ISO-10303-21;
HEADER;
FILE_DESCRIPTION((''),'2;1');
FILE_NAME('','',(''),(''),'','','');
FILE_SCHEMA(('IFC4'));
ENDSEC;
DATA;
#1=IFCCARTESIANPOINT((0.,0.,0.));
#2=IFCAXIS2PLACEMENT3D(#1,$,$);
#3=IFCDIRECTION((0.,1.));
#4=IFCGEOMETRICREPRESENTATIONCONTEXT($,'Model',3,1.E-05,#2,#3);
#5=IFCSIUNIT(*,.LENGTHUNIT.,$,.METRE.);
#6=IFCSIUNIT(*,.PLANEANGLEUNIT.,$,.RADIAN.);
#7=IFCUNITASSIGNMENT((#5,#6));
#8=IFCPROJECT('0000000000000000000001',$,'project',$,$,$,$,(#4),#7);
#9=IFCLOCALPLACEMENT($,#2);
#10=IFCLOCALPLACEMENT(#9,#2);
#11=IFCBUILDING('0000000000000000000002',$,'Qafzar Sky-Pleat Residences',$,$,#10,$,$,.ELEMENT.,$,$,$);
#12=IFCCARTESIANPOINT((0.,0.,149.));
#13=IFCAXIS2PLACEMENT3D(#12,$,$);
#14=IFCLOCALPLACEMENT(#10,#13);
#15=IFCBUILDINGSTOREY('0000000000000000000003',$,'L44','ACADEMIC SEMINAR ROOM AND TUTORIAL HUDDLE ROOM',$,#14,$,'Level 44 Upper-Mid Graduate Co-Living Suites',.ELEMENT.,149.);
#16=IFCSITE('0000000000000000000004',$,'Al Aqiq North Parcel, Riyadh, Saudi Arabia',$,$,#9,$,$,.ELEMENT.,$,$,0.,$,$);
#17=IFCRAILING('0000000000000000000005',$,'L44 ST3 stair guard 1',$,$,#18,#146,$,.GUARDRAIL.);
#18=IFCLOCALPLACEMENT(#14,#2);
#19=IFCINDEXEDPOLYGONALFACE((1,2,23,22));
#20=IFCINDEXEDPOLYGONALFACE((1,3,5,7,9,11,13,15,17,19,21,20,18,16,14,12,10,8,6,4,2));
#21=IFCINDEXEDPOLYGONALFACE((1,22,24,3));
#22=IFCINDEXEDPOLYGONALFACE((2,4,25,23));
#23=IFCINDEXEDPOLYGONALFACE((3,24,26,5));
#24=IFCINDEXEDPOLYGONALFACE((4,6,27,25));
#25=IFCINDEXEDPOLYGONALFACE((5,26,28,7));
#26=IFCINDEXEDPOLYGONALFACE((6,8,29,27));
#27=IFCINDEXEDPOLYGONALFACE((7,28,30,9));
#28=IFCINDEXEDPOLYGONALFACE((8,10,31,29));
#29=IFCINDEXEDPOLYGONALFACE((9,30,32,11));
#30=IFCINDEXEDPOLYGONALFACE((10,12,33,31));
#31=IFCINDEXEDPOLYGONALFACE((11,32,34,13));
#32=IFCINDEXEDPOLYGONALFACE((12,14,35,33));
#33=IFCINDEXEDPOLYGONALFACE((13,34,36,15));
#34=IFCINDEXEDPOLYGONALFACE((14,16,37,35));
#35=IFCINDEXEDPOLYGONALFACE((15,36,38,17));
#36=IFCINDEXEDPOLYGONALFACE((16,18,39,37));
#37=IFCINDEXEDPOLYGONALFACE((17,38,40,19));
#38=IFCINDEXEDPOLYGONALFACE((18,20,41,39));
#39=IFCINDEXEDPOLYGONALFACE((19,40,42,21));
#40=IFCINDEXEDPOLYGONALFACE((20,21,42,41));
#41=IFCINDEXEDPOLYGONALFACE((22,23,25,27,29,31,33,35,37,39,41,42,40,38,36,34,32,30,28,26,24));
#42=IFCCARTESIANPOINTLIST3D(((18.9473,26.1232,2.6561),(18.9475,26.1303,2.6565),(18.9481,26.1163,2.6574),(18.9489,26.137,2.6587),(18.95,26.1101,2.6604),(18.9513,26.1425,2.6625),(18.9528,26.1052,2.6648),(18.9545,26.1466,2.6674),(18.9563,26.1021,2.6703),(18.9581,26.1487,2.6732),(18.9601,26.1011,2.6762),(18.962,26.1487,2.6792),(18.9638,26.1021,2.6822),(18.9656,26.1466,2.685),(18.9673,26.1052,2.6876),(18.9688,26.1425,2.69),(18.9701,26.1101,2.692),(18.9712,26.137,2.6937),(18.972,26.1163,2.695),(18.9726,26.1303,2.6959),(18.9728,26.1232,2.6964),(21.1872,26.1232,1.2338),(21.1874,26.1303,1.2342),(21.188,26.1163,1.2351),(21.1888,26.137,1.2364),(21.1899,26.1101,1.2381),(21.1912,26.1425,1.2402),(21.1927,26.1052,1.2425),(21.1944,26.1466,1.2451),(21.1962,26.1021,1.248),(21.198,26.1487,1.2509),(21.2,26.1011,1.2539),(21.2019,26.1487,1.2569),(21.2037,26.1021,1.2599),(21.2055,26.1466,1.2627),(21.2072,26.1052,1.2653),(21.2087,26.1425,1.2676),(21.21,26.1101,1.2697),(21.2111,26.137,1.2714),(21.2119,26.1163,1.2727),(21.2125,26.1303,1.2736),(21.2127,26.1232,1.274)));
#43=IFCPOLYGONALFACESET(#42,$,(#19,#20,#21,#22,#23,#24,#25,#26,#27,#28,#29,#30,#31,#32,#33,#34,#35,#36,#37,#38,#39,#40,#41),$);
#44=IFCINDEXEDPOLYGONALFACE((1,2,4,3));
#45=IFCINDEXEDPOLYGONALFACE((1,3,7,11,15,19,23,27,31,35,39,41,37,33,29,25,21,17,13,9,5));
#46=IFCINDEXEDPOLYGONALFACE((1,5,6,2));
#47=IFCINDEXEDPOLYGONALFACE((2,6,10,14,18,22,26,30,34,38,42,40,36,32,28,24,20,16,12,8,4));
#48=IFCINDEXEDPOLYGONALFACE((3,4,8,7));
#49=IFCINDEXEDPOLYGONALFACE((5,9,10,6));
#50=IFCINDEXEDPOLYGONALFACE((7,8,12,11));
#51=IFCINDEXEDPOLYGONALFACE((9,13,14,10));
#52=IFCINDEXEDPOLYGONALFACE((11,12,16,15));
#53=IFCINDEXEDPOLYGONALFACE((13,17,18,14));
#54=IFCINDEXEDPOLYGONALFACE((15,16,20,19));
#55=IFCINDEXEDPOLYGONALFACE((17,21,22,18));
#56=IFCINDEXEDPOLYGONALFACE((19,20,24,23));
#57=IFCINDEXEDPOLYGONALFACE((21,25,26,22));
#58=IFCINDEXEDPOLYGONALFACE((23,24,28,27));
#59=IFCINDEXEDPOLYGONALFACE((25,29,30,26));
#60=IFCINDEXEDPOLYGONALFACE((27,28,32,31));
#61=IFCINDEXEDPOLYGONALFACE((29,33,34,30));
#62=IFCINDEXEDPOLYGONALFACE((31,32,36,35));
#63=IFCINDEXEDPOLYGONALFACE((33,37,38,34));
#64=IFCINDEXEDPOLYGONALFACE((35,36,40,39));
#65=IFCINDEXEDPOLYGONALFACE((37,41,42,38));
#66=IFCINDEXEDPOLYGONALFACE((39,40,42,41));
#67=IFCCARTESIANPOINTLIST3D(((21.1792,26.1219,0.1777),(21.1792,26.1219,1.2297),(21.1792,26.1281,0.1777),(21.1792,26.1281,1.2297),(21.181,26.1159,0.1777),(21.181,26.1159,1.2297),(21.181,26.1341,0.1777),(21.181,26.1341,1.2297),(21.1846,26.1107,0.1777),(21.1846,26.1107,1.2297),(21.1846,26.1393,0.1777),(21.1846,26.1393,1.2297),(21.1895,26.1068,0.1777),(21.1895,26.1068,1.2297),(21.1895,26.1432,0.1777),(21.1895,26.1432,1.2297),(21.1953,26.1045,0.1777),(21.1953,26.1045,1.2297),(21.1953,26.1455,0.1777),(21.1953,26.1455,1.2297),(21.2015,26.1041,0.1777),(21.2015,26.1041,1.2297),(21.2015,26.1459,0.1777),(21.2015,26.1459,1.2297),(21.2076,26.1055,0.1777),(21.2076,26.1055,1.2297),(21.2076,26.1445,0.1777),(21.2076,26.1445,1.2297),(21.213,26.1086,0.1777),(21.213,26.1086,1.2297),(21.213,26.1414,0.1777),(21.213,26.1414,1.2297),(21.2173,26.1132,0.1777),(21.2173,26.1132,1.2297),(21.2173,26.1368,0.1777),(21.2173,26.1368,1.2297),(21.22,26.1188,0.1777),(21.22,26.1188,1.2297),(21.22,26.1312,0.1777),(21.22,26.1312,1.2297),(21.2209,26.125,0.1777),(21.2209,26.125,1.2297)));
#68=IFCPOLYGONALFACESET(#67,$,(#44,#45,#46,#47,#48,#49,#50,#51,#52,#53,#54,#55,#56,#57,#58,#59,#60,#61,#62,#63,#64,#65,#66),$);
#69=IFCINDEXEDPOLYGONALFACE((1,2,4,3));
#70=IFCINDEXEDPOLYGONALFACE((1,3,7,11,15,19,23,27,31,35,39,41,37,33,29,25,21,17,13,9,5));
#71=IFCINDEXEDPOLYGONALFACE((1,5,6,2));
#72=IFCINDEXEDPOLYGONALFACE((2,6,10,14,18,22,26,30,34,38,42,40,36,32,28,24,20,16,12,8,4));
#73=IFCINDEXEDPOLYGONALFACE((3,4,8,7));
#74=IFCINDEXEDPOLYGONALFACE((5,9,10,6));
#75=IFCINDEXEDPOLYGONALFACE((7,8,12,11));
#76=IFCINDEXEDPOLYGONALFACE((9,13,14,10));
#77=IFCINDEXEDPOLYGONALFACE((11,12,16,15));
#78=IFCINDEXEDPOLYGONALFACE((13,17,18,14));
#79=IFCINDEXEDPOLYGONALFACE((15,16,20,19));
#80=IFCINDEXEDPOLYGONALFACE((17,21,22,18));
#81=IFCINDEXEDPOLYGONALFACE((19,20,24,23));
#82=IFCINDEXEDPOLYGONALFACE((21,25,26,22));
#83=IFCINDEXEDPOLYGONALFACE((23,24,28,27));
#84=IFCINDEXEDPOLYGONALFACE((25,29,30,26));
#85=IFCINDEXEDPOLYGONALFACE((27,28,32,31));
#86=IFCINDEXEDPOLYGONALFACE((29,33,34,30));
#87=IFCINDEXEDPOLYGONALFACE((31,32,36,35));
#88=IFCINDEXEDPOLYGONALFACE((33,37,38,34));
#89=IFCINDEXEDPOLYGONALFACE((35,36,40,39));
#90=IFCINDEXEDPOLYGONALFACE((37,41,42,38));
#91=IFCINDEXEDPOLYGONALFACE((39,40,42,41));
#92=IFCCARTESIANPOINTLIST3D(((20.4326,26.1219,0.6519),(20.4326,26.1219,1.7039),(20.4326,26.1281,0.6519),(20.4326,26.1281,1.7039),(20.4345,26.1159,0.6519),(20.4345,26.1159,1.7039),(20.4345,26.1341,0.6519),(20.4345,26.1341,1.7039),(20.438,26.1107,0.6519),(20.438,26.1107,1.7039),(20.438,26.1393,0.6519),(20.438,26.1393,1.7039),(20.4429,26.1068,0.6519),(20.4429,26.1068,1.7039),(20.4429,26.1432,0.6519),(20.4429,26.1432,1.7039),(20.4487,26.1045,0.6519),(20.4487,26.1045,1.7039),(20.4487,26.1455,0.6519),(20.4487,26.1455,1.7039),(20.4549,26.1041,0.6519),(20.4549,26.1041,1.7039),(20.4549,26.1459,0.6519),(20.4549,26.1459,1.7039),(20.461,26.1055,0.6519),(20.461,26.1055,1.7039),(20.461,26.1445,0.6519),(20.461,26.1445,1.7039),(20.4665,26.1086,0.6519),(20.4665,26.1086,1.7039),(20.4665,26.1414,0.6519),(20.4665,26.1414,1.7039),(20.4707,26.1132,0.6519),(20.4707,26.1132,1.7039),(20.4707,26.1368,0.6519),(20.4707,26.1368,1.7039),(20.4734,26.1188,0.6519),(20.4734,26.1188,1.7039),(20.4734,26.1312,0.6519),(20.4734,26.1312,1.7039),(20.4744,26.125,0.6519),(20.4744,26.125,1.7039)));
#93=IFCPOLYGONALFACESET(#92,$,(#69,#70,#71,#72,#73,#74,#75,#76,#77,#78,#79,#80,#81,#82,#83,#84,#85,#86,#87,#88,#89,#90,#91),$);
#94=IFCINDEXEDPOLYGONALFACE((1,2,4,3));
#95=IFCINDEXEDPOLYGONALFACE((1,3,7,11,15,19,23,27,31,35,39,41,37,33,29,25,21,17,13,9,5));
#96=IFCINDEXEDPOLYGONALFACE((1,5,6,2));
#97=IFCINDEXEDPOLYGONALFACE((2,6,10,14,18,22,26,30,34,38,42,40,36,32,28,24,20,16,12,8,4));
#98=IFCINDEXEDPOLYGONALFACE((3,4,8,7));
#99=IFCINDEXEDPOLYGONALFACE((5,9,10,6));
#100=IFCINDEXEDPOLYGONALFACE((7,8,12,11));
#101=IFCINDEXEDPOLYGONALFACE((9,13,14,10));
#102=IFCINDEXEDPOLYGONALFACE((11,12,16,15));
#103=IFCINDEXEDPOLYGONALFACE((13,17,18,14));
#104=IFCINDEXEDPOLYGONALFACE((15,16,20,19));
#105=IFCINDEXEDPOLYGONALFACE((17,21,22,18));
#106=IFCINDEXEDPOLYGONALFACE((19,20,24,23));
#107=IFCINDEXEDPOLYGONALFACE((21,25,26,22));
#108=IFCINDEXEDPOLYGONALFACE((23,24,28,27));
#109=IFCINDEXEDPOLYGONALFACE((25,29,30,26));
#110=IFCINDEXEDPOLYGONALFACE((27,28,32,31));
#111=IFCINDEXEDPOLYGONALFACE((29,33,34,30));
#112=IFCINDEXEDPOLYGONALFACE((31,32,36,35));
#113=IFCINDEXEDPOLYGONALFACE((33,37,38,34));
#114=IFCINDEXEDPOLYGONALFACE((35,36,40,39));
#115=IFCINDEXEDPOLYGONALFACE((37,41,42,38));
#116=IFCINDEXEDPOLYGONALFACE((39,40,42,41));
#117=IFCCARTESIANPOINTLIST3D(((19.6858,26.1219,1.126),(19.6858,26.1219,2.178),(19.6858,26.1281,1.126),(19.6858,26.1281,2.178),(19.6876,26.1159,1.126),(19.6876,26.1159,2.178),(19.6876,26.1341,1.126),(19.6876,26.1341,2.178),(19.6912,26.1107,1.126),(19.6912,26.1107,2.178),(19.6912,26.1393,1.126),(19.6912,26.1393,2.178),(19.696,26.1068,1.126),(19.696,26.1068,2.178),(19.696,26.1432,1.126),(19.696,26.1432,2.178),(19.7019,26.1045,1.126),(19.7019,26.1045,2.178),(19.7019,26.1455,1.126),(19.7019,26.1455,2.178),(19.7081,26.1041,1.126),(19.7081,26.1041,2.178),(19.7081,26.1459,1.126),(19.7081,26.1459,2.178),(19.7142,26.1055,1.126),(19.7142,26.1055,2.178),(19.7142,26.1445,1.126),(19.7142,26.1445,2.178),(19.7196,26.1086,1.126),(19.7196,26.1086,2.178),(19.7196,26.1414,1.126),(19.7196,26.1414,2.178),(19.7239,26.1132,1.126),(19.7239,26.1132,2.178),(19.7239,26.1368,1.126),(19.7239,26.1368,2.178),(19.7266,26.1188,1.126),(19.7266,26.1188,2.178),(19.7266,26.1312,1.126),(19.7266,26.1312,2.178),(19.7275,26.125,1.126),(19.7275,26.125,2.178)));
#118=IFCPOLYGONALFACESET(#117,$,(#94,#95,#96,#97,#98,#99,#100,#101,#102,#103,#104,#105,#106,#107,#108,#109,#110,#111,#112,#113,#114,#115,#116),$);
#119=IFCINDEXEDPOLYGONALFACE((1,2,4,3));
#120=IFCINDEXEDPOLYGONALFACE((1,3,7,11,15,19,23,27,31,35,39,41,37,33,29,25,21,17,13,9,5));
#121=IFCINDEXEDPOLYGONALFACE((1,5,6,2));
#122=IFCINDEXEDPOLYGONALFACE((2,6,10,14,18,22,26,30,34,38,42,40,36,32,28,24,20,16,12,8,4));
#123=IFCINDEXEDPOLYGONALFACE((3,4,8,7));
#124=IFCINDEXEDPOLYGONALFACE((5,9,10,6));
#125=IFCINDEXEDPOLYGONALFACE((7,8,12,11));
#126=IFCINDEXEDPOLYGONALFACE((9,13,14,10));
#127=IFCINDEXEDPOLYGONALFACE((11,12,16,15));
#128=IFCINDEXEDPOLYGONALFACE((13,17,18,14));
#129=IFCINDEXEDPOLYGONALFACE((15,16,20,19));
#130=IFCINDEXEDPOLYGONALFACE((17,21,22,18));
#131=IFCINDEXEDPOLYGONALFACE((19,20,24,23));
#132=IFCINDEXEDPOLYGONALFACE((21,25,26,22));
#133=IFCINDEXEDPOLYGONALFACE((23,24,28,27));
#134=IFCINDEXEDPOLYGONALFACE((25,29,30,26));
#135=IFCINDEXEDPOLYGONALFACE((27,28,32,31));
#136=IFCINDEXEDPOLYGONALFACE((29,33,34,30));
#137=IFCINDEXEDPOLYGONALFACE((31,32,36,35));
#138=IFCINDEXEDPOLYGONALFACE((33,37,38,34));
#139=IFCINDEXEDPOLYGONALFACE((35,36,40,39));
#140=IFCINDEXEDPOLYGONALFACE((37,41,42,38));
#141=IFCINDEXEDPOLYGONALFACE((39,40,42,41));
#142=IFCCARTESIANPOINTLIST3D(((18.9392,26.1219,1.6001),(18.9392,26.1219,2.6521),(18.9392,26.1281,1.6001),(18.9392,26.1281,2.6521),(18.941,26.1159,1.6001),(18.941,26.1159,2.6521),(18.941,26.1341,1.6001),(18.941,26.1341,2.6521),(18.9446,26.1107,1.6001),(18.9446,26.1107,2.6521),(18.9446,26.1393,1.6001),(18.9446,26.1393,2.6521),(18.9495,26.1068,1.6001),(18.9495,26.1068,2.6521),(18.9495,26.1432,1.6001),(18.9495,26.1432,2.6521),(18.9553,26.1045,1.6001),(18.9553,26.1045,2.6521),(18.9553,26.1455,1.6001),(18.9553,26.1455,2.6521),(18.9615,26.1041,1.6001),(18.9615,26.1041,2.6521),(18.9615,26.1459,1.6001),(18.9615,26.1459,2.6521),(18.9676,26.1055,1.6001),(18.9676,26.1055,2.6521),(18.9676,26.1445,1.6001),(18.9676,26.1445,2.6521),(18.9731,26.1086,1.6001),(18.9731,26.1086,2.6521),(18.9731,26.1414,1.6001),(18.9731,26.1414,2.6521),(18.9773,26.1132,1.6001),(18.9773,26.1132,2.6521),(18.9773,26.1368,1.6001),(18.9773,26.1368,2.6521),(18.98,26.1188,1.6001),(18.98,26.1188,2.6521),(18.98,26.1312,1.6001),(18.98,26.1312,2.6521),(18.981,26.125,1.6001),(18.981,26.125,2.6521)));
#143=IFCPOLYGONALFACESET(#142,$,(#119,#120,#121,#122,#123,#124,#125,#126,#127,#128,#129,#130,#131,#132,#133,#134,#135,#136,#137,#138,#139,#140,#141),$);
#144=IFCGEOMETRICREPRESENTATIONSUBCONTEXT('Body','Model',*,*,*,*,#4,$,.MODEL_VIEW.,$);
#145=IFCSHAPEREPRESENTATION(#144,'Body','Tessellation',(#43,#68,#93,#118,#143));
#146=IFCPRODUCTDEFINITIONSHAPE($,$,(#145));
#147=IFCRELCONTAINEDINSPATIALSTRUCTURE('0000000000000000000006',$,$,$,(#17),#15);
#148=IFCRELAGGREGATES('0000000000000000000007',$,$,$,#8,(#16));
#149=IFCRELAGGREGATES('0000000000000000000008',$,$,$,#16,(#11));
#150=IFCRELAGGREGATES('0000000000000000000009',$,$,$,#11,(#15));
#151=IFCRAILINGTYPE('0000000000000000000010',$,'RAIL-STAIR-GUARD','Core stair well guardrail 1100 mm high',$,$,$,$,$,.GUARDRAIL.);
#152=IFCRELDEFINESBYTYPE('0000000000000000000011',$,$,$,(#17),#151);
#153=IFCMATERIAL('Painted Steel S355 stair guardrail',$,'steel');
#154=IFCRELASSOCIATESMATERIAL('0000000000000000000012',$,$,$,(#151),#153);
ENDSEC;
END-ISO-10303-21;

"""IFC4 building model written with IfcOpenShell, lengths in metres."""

from ifc_helpers import new_model, si_unit, direction, frame, origin, origin_2d, place, context, subcontext, project, spatial, circle, extrude, source, transform, mapped, material, type_object, element, save


model = new_model("IFC4")

# Units and contexts
model_context = context("Model", 3, precision=1e-05, world=origin(), true_north=direction((0.0, 1.0)))
body_context = subcontext(model_context, "Body", "Model", "MODEL_VIEW")
ifc_project = project(units=[si_unit("LENGTHUNIT", "METRE"), si_unit("PLANEANGLEUNIT", "RADIAN")], contexts=[model_context])

# Site, building, storey
site_placement = place(None, origin())
site = spatial("IfcSite", under=ifc_project, at=site_placement, Name="Al Aqiq North Parcel, Riyadh, Saudi Arabia", CompositionType="ELEMENT", RefElevation=0.0)
building_placement = place(site_placement, origin())
building = spatial("IfcBuilding", under=site, at=building_placement, Name="Qafzar Sky-Pleat Residences", CompositionType="ELEMENT")
storey_placement = place(building_placement, frame((0.0, 0.0, 149.0)))
storey = spatial("IfcBuildingStorey", under=building, at=storey_placement, Name="L44", Description="ACADEMIC SEMINAR ROOM AND TUTORIAL HUDDLE ROOM", LongName="Level 44 Upper-Mid Graduate Co-Living Suites", CompositionType="ELEMENT", Elevation=149.0)

# Railing
ifc_material_1 = material(Name="Painted Steel S355 stair guardrail", Category="steel")
railing_type_1 = type_object("IfcRailingType", Name="RAIL-STAIR-GUARD", Description="Core stair well guardrail 1100 mm high", PredefinedType="GUARDRAIL", material=ifc_material_1)
shared_shape_1 = source(origin(), body_context, "Body", "SweptSolid", [
    extrude(circle(Radius=0.0239, at=origin_2d()), frame((0.0, 0.0, 1.0762), z_axis=(-0.844188, 0.0, 0.536048), x_axis=(0.0, -1.0, 0.0)), (0.0, 0.0, 1.0), 2.6533),
    extrude(circle(Radius=0.021, at=origin_2d()), origin(), (0.0, 0.0, 1.0), 1.052),
    extrude(circle(Radius=0.021, at=origin_2d()), frame((-0.7466, 0.0, 0.4741)), (0.0, 0.0, 1.0), 1.052),
    extrude(circle(Radius=0.021, at=origin_2d()), frame((-1.4934, 0.0, 0.9482)), (0.0, 0.0, 1.0), 1.052),
    extrude(circle(Radius=0.021, at=origin_2d()), frame((-2.24, 0.0, 1.4224)), (0.0, 0.0, 1.0), 1.052),
])
railing_1_placement = place(storey_placement, frame((21.2, 26.125, 0.1777)))
element("IfcRailing", 1, at=railing_1_placement, inside=storey, type_object=railing_type_1, Name="L44 ST3 stair guard 1", PredefinedType="GUARDRAIL", context=body_context, shape_type="MappedRepresentation", body=[
    mapped(shared_shape_1, transform((0.0, 0.0, 0.0), x_axis=(1.0, 0.0, 0.0), y_axis=(0.0, 1.0, 0.0), z_axis=(0.0, 0.0, 1.0), scale=1.0)),
])

save(model, "model.ifc")
